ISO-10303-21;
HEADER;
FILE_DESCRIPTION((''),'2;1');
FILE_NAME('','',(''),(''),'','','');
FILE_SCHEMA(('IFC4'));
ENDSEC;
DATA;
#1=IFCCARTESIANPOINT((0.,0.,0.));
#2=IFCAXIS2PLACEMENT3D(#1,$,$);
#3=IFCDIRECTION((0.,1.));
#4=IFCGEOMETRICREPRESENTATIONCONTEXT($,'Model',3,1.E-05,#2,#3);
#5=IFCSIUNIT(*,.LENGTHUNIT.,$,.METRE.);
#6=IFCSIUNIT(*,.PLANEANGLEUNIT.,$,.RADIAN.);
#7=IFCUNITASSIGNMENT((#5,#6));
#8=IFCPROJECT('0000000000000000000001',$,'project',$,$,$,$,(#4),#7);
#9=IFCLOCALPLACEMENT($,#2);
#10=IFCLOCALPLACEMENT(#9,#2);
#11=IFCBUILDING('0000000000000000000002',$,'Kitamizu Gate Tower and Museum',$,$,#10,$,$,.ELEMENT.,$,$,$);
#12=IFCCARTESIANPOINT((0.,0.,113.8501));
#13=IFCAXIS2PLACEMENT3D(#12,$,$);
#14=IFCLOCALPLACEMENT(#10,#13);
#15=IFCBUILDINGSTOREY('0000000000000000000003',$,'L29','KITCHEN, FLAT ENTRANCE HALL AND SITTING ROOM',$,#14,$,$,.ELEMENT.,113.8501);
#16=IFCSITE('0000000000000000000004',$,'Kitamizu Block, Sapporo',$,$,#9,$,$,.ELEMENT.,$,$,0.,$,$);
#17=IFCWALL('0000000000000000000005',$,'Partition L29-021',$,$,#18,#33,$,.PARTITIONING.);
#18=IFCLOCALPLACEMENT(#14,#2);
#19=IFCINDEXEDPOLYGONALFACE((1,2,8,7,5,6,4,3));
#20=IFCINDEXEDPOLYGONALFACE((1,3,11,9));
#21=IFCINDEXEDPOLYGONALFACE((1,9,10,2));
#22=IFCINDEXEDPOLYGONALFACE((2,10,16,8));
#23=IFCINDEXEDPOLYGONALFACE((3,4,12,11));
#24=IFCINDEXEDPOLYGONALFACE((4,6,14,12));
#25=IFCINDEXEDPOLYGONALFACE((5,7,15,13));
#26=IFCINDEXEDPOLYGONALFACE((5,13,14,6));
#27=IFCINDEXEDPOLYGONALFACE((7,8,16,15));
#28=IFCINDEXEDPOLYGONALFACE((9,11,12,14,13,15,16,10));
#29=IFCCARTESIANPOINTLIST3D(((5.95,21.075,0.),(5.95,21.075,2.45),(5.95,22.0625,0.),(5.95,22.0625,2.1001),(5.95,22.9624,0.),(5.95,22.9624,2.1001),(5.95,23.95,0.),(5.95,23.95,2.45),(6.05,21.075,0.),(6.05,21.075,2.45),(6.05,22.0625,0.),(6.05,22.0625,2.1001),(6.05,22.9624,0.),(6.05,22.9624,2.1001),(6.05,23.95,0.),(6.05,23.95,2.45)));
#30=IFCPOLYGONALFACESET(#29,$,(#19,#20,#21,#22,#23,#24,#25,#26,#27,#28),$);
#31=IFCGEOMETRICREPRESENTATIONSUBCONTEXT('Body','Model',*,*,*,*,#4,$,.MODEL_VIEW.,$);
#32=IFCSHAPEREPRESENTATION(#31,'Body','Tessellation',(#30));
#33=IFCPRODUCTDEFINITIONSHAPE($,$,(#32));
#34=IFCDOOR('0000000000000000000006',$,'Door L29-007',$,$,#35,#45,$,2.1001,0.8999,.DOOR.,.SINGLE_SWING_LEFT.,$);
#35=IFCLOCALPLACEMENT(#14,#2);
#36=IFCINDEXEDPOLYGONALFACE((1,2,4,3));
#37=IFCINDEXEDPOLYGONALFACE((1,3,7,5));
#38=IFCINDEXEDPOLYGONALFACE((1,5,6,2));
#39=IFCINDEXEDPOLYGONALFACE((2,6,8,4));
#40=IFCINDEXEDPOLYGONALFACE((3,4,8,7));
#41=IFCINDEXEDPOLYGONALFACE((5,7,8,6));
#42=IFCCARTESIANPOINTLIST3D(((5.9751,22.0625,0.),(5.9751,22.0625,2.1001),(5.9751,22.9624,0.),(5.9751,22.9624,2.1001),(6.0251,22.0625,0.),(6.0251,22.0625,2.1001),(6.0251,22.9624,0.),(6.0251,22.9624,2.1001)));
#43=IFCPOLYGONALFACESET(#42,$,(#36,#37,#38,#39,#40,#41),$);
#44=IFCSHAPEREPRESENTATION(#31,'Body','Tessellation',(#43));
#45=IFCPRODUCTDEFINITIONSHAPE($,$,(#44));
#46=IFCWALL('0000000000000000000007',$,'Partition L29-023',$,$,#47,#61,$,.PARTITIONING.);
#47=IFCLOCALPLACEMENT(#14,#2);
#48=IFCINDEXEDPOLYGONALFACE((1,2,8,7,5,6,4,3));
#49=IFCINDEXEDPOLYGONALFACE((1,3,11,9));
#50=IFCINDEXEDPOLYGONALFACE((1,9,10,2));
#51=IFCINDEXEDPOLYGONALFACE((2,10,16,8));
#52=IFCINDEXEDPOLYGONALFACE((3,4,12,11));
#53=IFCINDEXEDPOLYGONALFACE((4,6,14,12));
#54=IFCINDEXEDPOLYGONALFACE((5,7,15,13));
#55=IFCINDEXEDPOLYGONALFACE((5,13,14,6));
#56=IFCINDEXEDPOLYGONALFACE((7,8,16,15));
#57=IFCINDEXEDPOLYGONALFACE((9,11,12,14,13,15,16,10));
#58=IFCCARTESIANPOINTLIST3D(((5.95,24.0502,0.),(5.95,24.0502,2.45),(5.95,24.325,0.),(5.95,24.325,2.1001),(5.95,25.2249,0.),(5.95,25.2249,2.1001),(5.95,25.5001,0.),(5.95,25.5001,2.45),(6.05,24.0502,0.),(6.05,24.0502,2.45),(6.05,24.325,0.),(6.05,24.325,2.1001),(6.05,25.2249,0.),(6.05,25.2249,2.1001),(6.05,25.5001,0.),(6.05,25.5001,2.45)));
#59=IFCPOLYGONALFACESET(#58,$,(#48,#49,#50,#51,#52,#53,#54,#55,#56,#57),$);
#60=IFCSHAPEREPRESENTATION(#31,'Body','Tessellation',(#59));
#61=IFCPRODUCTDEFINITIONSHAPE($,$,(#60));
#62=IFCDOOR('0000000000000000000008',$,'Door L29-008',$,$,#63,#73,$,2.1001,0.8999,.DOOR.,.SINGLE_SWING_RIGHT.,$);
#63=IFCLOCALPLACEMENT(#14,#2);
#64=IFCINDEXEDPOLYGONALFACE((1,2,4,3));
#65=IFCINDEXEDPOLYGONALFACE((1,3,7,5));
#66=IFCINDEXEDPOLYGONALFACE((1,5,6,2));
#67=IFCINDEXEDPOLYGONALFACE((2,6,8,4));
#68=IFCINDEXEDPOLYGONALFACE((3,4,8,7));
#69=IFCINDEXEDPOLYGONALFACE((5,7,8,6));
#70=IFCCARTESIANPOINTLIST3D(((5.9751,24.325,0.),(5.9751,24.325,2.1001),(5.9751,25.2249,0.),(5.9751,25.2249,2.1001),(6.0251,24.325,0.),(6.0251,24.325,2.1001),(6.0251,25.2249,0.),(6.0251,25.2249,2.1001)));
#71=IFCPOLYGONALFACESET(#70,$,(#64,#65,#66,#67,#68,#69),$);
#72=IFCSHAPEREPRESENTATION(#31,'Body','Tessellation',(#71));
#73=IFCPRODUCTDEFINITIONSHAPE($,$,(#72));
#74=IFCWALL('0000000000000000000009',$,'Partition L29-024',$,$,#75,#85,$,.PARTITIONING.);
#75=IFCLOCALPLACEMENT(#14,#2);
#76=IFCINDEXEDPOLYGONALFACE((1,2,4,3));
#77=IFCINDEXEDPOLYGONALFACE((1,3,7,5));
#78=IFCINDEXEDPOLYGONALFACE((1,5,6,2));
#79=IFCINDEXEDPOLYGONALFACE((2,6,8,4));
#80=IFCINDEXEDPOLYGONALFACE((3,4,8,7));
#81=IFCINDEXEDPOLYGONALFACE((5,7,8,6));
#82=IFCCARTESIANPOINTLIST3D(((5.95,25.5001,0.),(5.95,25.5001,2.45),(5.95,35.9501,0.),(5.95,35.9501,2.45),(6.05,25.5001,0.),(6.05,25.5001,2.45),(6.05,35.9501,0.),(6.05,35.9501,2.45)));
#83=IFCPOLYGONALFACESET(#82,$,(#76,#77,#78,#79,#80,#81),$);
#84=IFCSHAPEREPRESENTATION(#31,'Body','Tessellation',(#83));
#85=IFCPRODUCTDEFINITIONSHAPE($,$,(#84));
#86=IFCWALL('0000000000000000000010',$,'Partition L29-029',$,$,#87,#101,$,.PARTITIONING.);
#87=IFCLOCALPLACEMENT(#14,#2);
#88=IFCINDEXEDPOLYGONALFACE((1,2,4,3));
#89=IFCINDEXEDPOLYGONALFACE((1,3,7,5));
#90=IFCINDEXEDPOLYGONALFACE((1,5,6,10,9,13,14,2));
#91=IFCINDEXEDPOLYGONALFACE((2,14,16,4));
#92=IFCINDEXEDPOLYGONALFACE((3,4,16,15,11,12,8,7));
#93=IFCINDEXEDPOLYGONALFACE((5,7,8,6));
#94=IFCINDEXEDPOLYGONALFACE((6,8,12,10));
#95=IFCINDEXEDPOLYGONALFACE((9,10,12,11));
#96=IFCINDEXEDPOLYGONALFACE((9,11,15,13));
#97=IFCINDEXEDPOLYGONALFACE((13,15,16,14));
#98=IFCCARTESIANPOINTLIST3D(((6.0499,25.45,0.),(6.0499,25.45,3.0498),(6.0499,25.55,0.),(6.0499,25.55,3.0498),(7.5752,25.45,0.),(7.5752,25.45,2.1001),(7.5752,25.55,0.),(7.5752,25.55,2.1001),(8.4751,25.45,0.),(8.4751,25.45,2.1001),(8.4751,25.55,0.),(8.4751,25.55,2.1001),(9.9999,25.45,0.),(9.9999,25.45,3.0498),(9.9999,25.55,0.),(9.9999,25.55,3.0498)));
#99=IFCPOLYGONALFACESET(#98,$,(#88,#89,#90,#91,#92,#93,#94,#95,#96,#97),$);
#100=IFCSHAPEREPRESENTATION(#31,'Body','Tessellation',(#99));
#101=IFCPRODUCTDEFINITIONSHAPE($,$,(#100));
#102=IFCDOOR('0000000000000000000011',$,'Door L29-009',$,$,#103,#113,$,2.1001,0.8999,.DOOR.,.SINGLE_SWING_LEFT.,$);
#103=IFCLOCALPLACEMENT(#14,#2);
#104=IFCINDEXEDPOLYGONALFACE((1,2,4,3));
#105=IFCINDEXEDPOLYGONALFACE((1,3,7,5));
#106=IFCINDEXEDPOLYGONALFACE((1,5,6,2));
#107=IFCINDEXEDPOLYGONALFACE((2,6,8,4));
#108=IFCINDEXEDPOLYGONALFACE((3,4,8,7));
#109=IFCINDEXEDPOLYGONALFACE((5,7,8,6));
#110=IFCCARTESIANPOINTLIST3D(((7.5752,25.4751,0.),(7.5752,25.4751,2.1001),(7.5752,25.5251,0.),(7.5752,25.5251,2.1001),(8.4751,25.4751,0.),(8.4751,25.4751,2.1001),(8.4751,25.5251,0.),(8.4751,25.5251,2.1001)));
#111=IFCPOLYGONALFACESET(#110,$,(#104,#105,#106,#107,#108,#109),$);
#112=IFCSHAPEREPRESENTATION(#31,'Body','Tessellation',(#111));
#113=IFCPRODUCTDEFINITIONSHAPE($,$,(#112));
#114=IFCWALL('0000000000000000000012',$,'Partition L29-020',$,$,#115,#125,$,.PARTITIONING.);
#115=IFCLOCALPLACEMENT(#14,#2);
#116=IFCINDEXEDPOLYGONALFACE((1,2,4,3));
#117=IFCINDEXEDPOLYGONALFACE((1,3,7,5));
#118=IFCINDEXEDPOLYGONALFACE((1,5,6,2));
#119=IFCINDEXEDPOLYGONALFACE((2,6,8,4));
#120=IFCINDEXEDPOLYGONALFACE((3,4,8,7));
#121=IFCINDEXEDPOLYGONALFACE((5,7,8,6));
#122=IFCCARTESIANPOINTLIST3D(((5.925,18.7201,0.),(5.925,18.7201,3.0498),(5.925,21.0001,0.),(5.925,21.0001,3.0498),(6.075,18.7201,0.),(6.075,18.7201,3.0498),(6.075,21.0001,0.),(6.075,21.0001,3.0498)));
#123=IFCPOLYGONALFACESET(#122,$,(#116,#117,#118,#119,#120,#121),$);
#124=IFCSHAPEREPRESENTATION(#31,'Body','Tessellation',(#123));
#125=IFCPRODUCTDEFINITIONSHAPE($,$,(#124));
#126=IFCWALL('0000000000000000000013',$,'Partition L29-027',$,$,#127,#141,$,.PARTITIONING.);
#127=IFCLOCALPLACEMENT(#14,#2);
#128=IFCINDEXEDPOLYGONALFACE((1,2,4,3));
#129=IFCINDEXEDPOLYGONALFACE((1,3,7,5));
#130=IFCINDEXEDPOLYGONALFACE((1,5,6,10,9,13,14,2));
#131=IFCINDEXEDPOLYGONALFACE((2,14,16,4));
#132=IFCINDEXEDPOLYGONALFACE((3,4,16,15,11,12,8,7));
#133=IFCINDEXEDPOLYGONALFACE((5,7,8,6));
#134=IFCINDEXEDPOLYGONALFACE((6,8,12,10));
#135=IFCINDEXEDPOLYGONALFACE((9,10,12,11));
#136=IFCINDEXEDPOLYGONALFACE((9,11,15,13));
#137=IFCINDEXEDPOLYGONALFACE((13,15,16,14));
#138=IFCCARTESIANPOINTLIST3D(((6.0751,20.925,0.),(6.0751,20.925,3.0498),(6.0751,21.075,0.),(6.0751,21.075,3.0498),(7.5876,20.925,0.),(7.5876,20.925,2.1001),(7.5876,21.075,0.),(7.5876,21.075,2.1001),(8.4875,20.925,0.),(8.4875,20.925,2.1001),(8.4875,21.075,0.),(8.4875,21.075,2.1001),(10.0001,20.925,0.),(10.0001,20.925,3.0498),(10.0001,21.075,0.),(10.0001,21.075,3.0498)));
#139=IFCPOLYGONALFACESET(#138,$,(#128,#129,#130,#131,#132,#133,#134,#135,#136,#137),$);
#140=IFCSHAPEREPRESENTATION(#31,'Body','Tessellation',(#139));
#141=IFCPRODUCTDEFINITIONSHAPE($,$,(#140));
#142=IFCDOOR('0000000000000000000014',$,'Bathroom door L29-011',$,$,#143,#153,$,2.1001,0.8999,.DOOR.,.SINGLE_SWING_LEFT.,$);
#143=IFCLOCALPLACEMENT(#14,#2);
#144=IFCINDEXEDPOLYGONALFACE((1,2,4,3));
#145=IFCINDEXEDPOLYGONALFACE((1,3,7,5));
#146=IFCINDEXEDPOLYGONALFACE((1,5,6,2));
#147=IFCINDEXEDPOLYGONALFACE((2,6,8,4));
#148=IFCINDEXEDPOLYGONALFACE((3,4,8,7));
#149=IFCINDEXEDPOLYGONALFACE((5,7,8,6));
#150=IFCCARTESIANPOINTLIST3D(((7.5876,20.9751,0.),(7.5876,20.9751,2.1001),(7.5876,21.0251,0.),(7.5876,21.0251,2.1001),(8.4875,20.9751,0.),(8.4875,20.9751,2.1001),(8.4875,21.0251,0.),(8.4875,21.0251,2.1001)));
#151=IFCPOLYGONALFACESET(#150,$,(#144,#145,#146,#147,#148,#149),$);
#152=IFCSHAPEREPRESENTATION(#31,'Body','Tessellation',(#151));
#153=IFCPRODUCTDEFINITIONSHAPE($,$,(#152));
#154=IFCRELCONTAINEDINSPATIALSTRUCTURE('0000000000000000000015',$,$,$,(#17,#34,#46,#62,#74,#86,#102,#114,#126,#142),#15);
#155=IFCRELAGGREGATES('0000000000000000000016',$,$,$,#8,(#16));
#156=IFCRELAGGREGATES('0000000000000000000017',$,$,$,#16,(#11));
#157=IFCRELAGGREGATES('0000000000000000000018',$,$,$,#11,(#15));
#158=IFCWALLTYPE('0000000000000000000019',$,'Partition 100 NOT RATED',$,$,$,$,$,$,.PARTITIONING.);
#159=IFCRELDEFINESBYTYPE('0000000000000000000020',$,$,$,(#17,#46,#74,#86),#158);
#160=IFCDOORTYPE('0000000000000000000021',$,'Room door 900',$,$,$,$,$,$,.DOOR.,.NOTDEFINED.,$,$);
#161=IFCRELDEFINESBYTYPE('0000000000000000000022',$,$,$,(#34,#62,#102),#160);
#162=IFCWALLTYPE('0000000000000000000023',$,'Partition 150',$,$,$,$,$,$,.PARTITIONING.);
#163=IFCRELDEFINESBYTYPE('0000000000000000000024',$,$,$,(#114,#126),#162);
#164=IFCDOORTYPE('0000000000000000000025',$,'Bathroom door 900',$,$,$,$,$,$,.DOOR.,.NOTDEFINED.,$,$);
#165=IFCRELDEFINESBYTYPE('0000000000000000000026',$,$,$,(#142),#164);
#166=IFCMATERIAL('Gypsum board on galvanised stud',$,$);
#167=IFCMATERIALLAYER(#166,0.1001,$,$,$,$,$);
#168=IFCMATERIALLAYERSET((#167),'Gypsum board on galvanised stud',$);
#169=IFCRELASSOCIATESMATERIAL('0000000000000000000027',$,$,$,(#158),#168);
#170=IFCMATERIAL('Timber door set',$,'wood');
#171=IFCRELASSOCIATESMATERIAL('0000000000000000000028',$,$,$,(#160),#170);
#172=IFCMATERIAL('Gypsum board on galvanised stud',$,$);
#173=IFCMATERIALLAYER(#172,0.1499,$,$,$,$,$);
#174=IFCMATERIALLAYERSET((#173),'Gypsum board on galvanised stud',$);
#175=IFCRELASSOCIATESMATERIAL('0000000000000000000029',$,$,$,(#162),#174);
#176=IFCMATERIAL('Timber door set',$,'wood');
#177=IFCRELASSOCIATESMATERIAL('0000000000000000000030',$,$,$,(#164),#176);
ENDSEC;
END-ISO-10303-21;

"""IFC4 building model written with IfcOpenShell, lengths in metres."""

from ifc_helpers import new_model, si_unit, direction, frame, frame_2d, origin, place, context, subcontext, project, spatial, rectangle, extrude, material, layer, layer_set, type_object, element, fill, save


model = new_model("IFC4")

# Units and contexts
model_context = context("Model", 3, precision=1e-05, world=origin(), true_north=direction((0.0, 1.0)))
body_context = subcontext(model_context, "Body", "Model", "MODEL_VIEW")
ifc_project = project(units=[si_unit("LENGTHUNIT", "METRE"), si_unit("PLANEANGLEUNIT", "RADIAN")], contexts=[model_context])

# Site, building, storey
site_placement = place(None, origin())
site = spatial("IfcSite", under=ifc_project, at=site_placement, Name="Kitamizu Block, Sapporo", CompositionType="ELEMENT", RefElevation=0.0)
building_placement = place(site_placement, origin())
building = spatial("IfcBuilding", under=site, at=building_placement, Name="Kitamizu Gate Tower and Museum", CompositionType="ELEMENT")
storey_placement = place(building_placement, frame((0.0, 0.0, 113.8501)))
storey = spatial("IfcBuildingStorey", under=building, at=storey_placement, Name="L29", Description="KITCHEN, FLAT ENTRANCE HALL AND SITTING ROOM", CompositionType="ELEMENT", Elevation=113.8501)

# Shared definitions
ifc_material_1 = material(Name="Gypsum board on galvanised stud")
ifc_layer_1 = layer(ifc_material_1, 0.1001)
ifc_layer_set_1 = layer_set([ifc_layer_1], Name="Gypsum board on galvanised stud")
wall_type_1 = type_object("IfcWallType", Name="Partition 100 NOT RATED", PredefinedType="PARTITIONING", material=ifc_layer_set_1)

# Walls, openings, doors
wall_1_placement = place(storey_placement, frame((6.0, 21.075, 0.0), z_axis=(0.0, 0.0, 1.0), x_axis=(0.0, 1.0, 0.0)))
wall_1 = element("IfcWall", 1, at=wall_1_placement, inside=storey, type_object=wall_type_1, Name="Partition L29-021", PredefinedType="PARTITIONING", context=body_context, shape_type="SweptSolid", body=[
    extrude(rectangle(XDim=2.875, YDim=0.1001, at=frame_2d((1.4375, 0.0))), origin(), (0.0, 0.0, 1.0), 2.45),
])
opening_1_placement = place(wall_1_placement, frame((0.9875, 0.0, 0.0)))
opening_1 = element("IfcOpeningElement", 2, at=opening_1_placement, cuts=wall_1, PredefinedType="OPENING", context=body_context, shape_type="SweptSolid", body=[
    extrude(rectangle(XDim=0.8999, YDim=2.1001, at=frame_2d((0.45, 1.05))), frame((0.0, 0.0601, 0.0), z_axis=(0.0, -1.0, 0.0), x_axis=(1.0, 0.0, 0.0)), (0.0, 0.0, 1.0), 0.1201),
])
ifc_material_2 = material(Name="Timber door set", Category="wood")
door_type_1 = type_object("IfcDoorType", Name="Room door 900", OperationType="NOTDEFINED", PredefinedType="DOOR", material=ifc_material_2)
door_1_placement = place(opening_1_placement, origin())
door_1 = element("IfcDoor", 3, at=door_1_placement, inside=storey, type_object=door_type_1, Name="Door L29-007", OperationType="SINGLE_SWING_LEFT", OverallHeight=2.1001, OverallWidth=0.8999, PredefinedType="DOOR", context=body_context, shape_type="SweptSolid", body=[
    extrude(rectangle(XDim=0.8999, YDim=2.1001, at=frame_2d((0.45, 1.05))), frame((0.0, 0.0249, 0.0), z_axis=(0.0, -1.0, 0.0), x_axis=(1.0, 0.0, 0.0)), (0.0, 0.0, 1.0), 0.05),
])
fill(opening_1, door_1)
wall_2_placement = place(storey_placement, frame((6.0, 24.05, 0.0), z_axis=(0.0, 0.0, 1.0), x_axis=(0.0, 1.0, 0.0)))
wall_2 = element("IfcWall", 4, at=wall_2_placement, inside=storey, type_object=wall_type_1, Name="Partition L29-023", PredefinedType="PARTITIONING", context=body_context, shape_type="SweptSolid", body=[
    extrude(rectangle(XDim=1.45, YDim=0.1001, at=frame_2d((0.7251, 0.0))), origin(), (0.0, 0.0, 1.0), 2.45),
])
opening_2_placement = place(wall_2_placement, frame((0.2749, 0.0, 0.0)))
opening_2 = element("IfcOpeningElement", 5, at=opening_2_placement, cuts=wall_2, PredefinedType="OPENING", context=body_context, shape_type="SweptSolid", body=[
    extrude(rectangle(XDim=0.8999, YDim=2.1001, at=frame_2d((0.45, 1.05))), frame((0.0, 0.0601, 0.0), z_axis=(0.0, -1.0, 0.0), x_axis=(1.0, 0.0, 0.0)), (0.0, 0.0, 1.0), 0.1201),
])
door_2_placement = place(opening_2_placement, origin())
door_2 = element("IfcDoor", 6, at=door_2_placement, inside=storey, type_object=door_type_1, Name="Door L29-008", OperationType="SINGLE_SWING_RIGHT", OverallHeight=2.1001, OverallWidth=0.8999, PredefinedType="DOOR", context=body_context, shape_type="SweptSolid", body=[
    extrude(rectangle(XDim=0.8999, YDim=2.1001, at=frame_2d((0.45, 1.05))), frame((0.0, 0.0249, 0.0), z_axis=(0.0, -1.0, 0.0), x_axis=(1.0, 0.0, 0.0)), (0.0, 0.0, 1.0), 0.05),
])
fill(opening_2, door_2)

# Wall
wall_3_placement = place(storey_placement, frame((6.0, 25.5, 0.0), z_axis=(0.0, 0.0, 1.0), x_axis=(0.0, 1.0, 0.0)))
element("IfcWall", 7, at=wall_3_placement, inside=storey, type_object=wall_type_1, Name="Partition L29-024", PredefinedType="PARTITIONING", context=body_context, shape_type="SweptSolid", body=[
    extrude(rectangle(XDim=10.45, YDim=0.1001, at=frame_2d((5.2251, 0.0))), origin(), (0.0, 0.0, 1.0), 2.45),
])

# Wall, opening, door
wall_4_placement = place(storey_placement, frame((10.0, 25.5, 0.0), z_axis=(0.0, 0.0, 1.0), x_axis=(-1.0, 0.0, 0.0)))
wall_4 = element("IfcWall", 8, at=wall_4_placement, inside=storey, type_object=wall_type_1, Name="Partition L29-029", PredefinedType="PARTITIONING", context=body_context, shape_type="SweptSolid", body=[
    extrude(rectangle(XDim=3.95, YDim=0.1001, at=frame_2d((1.9751, 0.0))), origin(), (0.0, 0.0, 1.0), 3.0498),
])
opening_3_placement = place(wall_4_placement, frame((1.5249, 0.0, 0.0)))
opening_3 = element("IfcOpeningElement", 9, at=opening_3_placement, cuts=wall_4, PredefinedType="OPENING", context=body_context, shape_type="SweptSolid", body=[
    extrude(rectangle(XDim=0.8999, YDim=2.1001, at=frame_2d((0.45, 1.05))), frame((0.0, 0.0601, 0.0), z_axis=(0.0, -1.0, 0.0), x_axis=(1.0, 0.0, 0.0)), (0.0, 0.0, 1.0), 0.1201),
])
door_3_placement = place(opening_3_placement, origin())
door_3 = element("IfcDoor", 10, at=door_3_placement, inside=storey, type_object=door_type_1, Name="Door L29-009", OperationType="SINGLE_SWING_LEFT", OverallHeight=2.1001, OverallWidth=0.8999, PredefinedType="DOOR", context=body_context, shape_type="SweptSolid", body=[
    extrude(rectangle(XDim=0.8999, YDim=2.1001, at=frame_2d((0.45, 1.05))), frame((0.0, 0.0249, 0.0), z_axis=(0.0, -1.0, 0.0), x_axis=(1.0, 0.0, 0.0)), (0.0, 0.0, 1.0), 0.05),
])
fill(opening_3, door_3)

# Wall
ifc_material_3 = material(Name="Gypsum board on galvanised stud")
ifc_layer_2 = layer(ifc_material_3, 0.1499)
ifc_layer_set_2 = layer_set([ifc_layer_2], Name="Gypsum board on galvanised stud")
wall_type_2 = type_object("IfcWallType", Name="Partition 150", PredefinedType="PARTITIONING", material=ifc_layer_set_2)
wall_5_placement = place(storey_placement, frame((6.0, 18.72, 0.0), z_axis=(0.0, 0.0, 1.0), x_axis=(0.0, 1.0, 0.0)))
element("IfcWall", 11, at=wall_5_placement, inside=storey, type_object=wall_type_2, Name="Partition L29-020", PredefinedType="PARTITIONING", context=body_context, shape_type="SweptSolid", body=[
    extrude(rectangle(XDim=2.28, YDim=0.1499, at=frame_2d((1.1401, 0.0))), origin(), (0.0, 0.0, 1.0), 3.0498),
])

# Wall, opening, door
wall_6_placement = place(storey_placement, frame((10.0, 21.0, 0.0), z_axis=(0.0, 0.0, 1.0), x_axis=(-1.0, 0.0, 0.0)))
wall_6 = element("IfcWall", 12, at=wall_6_placement, inside=storey, type_object=wall_type_2, Name="Partition L29-027", PredefinedType="PARTITIONING", context=body_context, shape_type="SweptSolid", body=[
    extrude(rectangle(XDim=3.925, YDim=0.1499, at=frame_2d((1.9624, 0.0))), origin(), (0.0, 0.0, 1.0), 3.0498),
])
opening_4_placement = place(wall_6_placement, frame((1.5125, 0.0, 0.0)))
opening_4 = element("IfcOpeningElement", 13, at=opening_4_placement, cuts=wall_6, PredefinedType="OPENING", context=body_context, shape_type="SweptSolid", body=[
    extrude(rectangle(XDim=0.8999, YDim=2.1001, at=frame_2d((0.45, 1.05))), frame((0.0, 0.085, 0.0), z_axis=(0.0, -1.0, 0.0), x_axis=(1.0, 0.0, 0.0)), (0.0, 0.0, 1.0), 0.1699),
])
ifc_material_4 = material(Name="Timber door set", Category="wood")
door_type_2 = type_object("IfcDoorType", Name="Bathroom door 900", OperationType="NOTDEFINED", PredefinedType="DOOR", material=ifc_material_4)
door_4_placement = place(opening_4_placement, origin())
door_4 = element("IfcDoor", 14, at=door_4_placement, inside=storey, type_object=door_type_2, Name="Bathroom door L29-011", OperationType="SINGLE_SWING_LEFT", OverallHeight=2.1001, OverallWidth=0.8999, PredefinedType="DOOR", context=body_context, shape_type="SweptSolid", body=[
    extrude(rectangle(XDim=0.8999, YDim=2.1001, at=frame_2d((0.45, 1.05))), frame((0.0, 0.0249, 0.0), z_axis=(0.0, -1.0, 0.0), x_axis=(1.0, 0.0, 0.0)), (0.0, 0.0, 1.0), 0.05),
])
fill(opening_4, door_4)

save(model, "model.ifc")
